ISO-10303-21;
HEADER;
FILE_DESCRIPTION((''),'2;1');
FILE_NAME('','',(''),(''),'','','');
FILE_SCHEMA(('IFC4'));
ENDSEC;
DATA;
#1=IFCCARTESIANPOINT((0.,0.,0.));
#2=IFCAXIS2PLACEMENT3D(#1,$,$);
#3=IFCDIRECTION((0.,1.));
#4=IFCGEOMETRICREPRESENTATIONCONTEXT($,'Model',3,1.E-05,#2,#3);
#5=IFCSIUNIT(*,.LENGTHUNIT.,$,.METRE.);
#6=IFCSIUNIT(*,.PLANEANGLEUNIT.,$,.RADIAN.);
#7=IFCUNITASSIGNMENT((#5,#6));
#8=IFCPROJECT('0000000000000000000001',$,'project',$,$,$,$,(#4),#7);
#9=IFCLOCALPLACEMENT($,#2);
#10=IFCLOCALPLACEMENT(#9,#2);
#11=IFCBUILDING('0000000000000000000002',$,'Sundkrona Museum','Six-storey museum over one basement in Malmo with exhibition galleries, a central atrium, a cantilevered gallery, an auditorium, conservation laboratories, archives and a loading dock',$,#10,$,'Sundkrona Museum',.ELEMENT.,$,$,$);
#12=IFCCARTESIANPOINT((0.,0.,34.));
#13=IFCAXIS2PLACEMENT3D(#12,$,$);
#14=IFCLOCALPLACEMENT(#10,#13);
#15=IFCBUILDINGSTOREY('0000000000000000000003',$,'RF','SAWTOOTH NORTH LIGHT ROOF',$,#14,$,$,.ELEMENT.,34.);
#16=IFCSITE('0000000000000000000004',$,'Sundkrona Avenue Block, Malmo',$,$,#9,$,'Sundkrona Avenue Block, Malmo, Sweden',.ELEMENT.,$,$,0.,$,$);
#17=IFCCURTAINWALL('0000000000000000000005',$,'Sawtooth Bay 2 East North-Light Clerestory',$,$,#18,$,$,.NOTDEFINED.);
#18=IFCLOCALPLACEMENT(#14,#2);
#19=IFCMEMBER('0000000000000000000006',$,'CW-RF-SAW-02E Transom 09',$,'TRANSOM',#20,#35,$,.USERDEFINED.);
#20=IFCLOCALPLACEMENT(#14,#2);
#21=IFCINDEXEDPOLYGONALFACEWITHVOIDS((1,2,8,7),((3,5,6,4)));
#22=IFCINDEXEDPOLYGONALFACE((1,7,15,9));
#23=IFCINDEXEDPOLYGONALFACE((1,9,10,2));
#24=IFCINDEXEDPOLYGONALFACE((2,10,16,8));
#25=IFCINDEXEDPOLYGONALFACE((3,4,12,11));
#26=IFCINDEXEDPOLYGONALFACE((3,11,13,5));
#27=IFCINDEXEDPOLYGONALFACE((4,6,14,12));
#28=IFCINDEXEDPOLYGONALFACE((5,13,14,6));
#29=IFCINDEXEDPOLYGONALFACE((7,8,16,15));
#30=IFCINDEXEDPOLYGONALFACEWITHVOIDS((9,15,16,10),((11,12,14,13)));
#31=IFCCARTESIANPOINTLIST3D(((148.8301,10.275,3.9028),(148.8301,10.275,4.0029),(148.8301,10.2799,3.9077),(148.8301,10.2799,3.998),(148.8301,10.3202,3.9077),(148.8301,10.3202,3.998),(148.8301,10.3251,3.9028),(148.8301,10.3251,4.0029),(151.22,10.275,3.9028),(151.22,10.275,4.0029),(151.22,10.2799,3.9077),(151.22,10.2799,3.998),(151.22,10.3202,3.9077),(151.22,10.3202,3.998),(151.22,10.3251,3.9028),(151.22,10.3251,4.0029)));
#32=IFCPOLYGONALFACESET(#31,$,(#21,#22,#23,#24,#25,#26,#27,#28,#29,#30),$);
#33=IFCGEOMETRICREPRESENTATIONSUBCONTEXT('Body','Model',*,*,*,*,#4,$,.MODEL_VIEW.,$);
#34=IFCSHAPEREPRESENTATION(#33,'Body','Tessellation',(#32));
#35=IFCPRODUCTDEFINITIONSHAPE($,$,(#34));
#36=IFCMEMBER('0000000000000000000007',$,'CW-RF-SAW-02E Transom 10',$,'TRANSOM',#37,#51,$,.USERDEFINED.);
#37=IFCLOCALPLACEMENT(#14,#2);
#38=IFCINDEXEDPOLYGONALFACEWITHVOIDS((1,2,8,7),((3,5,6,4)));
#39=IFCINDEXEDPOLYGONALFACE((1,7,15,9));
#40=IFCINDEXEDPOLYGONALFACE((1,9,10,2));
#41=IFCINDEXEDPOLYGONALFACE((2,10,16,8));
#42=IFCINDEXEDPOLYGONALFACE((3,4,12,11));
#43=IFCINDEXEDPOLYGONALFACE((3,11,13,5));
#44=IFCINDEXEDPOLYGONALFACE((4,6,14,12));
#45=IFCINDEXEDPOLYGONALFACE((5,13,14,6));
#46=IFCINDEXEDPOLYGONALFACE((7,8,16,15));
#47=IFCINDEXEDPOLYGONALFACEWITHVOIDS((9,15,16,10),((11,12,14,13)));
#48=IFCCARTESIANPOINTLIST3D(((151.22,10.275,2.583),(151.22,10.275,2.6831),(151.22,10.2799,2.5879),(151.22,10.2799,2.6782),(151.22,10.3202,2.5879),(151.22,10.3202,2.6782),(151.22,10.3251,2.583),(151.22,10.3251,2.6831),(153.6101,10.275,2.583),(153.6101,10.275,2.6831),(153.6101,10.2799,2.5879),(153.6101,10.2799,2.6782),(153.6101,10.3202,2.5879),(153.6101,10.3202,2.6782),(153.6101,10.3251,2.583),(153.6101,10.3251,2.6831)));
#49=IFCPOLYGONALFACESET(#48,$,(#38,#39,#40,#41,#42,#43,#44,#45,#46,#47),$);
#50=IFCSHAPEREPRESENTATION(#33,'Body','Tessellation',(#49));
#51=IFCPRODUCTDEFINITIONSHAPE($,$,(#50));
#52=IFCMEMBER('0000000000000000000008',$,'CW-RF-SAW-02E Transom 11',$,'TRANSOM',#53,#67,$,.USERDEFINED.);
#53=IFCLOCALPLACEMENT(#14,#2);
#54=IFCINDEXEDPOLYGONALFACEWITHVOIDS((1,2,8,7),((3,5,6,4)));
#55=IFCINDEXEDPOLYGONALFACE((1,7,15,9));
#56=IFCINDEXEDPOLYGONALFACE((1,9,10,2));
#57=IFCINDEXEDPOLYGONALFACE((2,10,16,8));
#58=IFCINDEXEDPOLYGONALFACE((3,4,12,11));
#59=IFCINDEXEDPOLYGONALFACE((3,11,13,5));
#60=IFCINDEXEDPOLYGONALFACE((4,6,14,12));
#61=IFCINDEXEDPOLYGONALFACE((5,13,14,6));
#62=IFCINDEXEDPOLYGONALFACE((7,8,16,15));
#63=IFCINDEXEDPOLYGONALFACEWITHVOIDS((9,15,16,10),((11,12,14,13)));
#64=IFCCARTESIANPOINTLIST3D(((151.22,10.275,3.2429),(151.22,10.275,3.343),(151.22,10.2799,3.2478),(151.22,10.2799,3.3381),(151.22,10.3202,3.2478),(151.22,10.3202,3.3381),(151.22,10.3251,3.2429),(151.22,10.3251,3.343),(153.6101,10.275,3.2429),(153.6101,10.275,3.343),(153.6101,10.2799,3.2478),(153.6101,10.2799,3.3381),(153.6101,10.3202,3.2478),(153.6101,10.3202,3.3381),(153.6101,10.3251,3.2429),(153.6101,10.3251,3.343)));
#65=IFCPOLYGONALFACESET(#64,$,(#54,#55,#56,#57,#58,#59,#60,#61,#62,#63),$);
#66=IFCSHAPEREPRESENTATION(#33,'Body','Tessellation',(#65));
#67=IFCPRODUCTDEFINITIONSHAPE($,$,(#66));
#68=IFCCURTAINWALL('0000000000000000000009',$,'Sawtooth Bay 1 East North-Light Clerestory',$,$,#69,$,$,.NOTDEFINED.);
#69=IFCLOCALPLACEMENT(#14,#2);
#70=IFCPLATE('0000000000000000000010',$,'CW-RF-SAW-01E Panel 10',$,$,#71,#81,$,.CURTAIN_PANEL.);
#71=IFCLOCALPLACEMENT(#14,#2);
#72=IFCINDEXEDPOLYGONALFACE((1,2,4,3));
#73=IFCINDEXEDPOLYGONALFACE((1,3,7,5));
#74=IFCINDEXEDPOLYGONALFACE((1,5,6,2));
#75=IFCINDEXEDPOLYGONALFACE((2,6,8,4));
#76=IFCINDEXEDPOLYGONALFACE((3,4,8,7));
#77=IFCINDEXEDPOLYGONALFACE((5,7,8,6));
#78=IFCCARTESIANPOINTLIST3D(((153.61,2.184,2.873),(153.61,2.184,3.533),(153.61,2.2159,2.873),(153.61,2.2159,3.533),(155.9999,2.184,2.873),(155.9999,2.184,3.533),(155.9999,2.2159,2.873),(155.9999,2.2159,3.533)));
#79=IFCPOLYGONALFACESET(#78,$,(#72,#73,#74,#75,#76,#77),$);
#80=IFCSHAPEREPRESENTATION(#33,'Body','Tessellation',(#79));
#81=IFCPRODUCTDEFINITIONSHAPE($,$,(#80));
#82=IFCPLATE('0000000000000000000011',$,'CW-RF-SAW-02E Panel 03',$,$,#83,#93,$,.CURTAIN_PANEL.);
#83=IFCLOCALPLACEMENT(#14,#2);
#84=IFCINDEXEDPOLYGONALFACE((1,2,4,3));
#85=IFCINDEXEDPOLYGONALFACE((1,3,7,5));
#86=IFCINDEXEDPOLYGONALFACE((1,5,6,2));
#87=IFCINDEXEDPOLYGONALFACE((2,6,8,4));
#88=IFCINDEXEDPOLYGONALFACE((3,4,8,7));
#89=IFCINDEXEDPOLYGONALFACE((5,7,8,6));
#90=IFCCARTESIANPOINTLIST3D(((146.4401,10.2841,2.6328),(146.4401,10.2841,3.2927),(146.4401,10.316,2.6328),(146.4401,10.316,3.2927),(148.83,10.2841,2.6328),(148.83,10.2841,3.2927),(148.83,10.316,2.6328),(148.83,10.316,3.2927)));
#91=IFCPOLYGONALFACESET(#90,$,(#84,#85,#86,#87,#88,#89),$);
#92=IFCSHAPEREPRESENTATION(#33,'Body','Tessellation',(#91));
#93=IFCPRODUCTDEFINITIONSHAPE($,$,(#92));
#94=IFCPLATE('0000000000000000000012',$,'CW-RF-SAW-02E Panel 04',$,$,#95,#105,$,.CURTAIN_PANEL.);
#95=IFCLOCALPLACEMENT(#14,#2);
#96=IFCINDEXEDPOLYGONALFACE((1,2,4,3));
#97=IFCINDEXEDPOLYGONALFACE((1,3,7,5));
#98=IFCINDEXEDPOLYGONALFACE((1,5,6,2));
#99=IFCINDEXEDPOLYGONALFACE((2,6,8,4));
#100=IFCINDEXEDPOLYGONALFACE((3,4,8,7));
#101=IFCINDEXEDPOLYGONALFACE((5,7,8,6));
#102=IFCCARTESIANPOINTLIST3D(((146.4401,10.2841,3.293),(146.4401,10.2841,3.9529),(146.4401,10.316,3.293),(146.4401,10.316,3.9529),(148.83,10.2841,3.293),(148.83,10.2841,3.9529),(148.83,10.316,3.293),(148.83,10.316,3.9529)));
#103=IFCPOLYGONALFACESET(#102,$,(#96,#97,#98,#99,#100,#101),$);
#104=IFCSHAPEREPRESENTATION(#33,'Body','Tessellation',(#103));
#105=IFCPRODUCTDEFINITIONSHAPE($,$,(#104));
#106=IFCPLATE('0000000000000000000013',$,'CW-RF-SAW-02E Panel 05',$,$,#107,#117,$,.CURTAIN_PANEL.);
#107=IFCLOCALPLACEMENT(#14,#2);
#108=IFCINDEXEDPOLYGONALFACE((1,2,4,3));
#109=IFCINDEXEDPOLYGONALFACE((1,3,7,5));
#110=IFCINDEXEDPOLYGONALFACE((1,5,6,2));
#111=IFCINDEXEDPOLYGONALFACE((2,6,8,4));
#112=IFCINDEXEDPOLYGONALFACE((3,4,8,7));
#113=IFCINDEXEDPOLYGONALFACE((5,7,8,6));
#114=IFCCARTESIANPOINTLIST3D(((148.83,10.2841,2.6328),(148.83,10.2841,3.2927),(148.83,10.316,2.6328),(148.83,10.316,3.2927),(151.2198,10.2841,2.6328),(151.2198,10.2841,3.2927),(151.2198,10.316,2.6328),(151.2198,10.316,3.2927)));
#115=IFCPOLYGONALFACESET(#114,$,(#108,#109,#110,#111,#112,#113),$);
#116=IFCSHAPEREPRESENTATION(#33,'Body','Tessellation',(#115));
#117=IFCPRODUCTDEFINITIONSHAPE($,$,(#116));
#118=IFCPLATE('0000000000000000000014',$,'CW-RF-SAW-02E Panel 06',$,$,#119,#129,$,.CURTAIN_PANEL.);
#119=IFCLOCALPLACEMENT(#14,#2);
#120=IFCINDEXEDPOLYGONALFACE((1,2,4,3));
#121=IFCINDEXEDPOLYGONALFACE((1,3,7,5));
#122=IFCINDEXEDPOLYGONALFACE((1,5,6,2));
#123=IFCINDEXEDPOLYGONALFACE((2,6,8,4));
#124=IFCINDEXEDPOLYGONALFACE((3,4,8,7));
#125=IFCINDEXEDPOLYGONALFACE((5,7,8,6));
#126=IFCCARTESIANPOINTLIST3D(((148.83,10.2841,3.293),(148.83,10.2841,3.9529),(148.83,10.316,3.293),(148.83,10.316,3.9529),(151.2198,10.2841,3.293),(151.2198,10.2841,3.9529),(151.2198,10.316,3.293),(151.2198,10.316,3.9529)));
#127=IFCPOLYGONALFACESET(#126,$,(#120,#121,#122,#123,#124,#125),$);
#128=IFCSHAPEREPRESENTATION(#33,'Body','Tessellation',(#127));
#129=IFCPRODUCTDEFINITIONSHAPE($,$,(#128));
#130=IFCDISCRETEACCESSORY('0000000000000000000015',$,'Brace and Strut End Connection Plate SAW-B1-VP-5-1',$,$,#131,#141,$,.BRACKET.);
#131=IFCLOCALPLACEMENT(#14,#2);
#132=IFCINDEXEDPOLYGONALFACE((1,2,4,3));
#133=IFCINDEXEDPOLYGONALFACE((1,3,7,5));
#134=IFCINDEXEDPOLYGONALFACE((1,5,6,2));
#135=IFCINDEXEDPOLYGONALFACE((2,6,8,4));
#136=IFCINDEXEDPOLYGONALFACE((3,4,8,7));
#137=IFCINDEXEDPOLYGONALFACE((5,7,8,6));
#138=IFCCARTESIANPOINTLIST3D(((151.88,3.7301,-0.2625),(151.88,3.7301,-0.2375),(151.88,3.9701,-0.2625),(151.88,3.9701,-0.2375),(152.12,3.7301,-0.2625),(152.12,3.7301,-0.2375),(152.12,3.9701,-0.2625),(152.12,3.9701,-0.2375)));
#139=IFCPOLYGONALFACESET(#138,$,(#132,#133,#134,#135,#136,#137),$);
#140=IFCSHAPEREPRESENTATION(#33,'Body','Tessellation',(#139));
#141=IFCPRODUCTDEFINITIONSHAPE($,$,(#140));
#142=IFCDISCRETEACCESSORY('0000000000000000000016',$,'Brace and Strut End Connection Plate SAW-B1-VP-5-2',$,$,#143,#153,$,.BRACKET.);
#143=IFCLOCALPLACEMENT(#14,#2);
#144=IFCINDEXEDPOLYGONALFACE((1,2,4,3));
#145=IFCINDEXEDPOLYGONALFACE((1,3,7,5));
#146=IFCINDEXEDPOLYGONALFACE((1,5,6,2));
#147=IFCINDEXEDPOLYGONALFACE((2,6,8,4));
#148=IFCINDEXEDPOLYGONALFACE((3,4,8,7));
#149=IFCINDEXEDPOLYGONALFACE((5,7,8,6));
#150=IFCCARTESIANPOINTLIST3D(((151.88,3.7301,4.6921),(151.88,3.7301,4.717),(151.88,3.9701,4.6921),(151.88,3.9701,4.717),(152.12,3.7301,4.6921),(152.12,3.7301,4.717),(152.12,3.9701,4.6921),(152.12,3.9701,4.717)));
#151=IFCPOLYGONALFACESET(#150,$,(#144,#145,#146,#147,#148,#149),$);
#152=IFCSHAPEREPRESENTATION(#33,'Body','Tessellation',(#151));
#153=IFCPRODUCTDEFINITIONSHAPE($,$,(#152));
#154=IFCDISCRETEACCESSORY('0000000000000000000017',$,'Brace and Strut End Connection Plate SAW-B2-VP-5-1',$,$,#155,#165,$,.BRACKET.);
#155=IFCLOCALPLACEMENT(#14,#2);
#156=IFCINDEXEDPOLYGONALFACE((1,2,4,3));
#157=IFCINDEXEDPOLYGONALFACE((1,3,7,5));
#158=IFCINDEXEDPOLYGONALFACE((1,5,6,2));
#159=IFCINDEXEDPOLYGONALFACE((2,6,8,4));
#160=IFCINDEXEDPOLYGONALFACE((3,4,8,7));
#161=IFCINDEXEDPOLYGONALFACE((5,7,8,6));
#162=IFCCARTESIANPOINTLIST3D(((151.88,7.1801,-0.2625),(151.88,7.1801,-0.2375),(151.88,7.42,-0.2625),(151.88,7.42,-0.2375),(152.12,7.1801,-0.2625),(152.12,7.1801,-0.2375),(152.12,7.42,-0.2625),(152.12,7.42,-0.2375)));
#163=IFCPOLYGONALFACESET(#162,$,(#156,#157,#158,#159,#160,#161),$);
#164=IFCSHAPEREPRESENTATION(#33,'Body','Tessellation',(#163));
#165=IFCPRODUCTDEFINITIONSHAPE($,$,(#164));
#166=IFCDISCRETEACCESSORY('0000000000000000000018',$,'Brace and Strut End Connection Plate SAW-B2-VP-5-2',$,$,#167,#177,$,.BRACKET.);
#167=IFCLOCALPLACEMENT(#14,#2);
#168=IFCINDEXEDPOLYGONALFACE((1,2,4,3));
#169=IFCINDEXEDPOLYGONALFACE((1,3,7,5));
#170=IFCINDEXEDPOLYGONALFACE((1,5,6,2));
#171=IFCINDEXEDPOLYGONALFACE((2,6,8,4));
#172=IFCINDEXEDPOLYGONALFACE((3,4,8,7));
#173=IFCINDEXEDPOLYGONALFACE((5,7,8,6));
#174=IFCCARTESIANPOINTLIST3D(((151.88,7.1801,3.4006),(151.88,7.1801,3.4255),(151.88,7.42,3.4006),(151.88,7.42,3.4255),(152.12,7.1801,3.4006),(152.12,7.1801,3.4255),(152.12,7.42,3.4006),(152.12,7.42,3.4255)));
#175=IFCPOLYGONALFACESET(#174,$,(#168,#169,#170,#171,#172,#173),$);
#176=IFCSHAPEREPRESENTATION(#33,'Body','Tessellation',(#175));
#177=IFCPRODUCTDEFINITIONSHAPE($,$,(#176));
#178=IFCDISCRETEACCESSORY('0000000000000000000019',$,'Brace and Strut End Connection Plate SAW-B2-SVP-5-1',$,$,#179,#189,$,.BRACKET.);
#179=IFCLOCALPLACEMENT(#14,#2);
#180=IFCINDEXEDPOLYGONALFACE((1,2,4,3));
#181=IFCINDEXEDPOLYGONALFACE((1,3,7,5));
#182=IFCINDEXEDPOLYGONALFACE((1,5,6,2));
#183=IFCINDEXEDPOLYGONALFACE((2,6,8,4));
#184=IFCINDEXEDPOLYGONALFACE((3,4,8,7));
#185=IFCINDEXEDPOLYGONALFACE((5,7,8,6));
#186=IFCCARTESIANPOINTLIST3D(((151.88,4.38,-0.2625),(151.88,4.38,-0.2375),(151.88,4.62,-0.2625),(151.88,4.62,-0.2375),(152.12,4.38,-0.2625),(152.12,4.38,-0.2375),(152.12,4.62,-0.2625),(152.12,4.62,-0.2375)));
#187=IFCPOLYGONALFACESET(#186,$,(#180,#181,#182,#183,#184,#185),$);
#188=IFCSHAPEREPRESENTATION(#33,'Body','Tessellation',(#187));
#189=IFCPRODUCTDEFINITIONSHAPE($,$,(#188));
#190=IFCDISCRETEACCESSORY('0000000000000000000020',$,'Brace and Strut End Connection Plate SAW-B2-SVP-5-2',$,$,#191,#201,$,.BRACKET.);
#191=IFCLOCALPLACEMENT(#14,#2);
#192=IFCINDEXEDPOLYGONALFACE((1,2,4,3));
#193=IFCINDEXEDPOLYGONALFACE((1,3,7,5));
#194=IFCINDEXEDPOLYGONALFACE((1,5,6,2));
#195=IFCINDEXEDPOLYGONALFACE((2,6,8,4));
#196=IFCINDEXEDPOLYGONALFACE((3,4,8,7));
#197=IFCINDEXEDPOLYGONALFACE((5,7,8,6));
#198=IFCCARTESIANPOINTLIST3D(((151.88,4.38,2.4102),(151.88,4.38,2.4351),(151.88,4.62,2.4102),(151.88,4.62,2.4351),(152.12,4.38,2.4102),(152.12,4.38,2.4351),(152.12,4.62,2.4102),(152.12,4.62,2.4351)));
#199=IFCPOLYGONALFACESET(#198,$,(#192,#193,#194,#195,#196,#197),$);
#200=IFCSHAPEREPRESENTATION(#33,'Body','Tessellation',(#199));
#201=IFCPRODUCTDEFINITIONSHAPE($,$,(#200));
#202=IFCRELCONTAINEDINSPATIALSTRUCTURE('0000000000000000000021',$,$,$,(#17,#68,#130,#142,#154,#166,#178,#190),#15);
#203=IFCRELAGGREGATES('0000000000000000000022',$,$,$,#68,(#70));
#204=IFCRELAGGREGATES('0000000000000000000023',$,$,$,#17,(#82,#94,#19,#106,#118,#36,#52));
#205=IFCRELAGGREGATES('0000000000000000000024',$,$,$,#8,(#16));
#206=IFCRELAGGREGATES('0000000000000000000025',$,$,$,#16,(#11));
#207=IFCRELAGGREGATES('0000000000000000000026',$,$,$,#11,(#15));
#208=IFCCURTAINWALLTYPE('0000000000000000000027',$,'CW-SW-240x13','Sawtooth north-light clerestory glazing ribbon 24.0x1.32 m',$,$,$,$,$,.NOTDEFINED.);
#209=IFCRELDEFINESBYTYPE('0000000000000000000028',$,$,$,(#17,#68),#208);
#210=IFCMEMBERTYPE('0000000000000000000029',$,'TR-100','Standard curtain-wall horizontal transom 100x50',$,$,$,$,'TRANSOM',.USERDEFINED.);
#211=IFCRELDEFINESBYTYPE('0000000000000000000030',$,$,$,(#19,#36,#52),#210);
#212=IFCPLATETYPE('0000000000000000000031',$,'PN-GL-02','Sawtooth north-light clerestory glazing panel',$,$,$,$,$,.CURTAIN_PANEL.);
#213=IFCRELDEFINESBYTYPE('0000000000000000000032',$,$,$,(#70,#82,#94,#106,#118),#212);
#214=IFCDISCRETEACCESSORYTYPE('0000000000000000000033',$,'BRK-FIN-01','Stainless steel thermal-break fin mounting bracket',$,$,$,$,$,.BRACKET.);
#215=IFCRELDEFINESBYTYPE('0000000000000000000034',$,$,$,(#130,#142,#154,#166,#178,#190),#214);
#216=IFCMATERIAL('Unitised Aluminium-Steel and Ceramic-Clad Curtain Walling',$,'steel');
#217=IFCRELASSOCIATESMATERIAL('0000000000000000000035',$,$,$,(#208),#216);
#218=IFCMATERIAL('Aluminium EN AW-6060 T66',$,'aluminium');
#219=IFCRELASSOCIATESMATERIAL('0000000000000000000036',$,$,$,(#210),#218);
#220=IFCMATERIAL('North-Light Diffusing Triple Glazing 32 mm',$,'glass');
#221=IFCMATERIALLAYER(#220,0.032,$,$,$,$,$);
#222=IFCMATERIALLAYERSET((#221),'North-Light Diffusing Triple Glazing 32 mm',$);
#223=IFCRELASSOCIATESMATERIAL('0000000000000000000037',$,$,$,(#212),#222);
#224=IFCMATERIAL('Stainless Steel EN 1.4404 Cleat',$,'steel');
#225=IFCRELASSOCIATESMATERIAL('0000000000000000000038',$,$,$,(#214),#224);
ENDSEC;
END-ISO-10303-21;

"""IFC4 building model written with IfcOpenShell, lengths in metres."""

from ifc_helpers import new_model, si_unit, direction, frame, origin, origin_2d, place, context, subcontext, project, spatial, rectangle, hollow_rectangle, extrude, material, layer, layer_set, material_profile, profile_set, type_object, element, aggregate, save


model = new_model("IFC4")

# Units and contexts
model_context = context("Model", 3, precision=1e-05, world=origin(), true_north=direction((0.0, 1.0)))
body_context = subcontext(model_context, "Body", "Model", "MODEL_VIEW")
ifc_project = project(units=[si_unit("LENGTHUNIT", "METRE"), si_unit("PLANEANGLEUNIT", "RADIAN")], contexts=[model_context])

# Site, building, storey
site_placement = place(None, origin())
site = spatial("IfcSite", under=ifc_project, at=site_placement, Name="Sundkrona Avenue Block, Malmo", LongName="Sundkrona Avenue Block, Malmo, Sweden", CompositionType="ELEMENT", RefElevation=0.0)
building_placement = place(site_placement, origin())
building = spatial("IfcBuilding", under=site, at=building_placement, Name="Sundkrona Museum", Description="Six-storey museum over one basement in Malmo with exhibition galleries, a central atrium, a cantilevered gallery, an auditorium, conservation laboratories, archives and a loading dock", LongName="Sundkrona Museum", CompositionType="ELEMENT")
storey_placement = place(building_placement, frame((0.0, 0.0, 34.0)))
storey = spatial("IfcBuildingStorey", under=building, at=storey_placement, Name="RF", Description="SAWTOOTH NORTH LIGHT ROOF", CompositionType="ELEMENT", Elevation=34.0)

# Curtain wall
ifc_material_1 = material(Name="Unitised Aluminium-Steel and Ceramic-Clad Curtain Walling", Category="steel")
curtain_wall_type = type_object("IfcCurtainWallType", Name="CW-SW-240x13", Description="Sawtooth north-light clerestory glazing ribbon 24.0x1.32 m", PredefinedType="NOTDEFINED", material=ifc_material_1)
curtain_wall_1_placement = place(storey_placement, origin())
curtain_wall_1 = element("IfcCurtainWall", 1, at=curtain_wall_1_placement, inside=storey, type_object=curtain_wall_type, Name="Sawtooth Bay 2 East North-Light Clerestory", PredefinedType="NOTDEFINED")
ifc_material_2 = material(Name="Aluminium EN AW-6060 T66", Category="aluminium")

# Members
ifc_material_profile_1 = material_profile(ifc_material_2, hollow_rectangle(XDim=0.05, YDim=0.1001, WallThickness=0.0049, at=origin_2d()), Name="RHS 100x50x5.0")
ifc_profile_set_1 = profile_set([ifc_material_profile_1], Name="Aluminium EN AW-6060 T66")
member_type_1 = type_object("IfcMemberType", Name="TR-100", Description="Standard curtain-wall horizontal transom 100x50", ElementType="TRANSOM", PredefinedType="USERDEFINED", material=ifc_profile_set_1)
member_1_placement = place(storey_placement, frame((148.8301, 10.3, 3.9529), z_axis=(1.0, 0.0, 0.0), x_axis=(0.0, 1.0, 0.0)))
member_1 = element("IfcMember", 2, at=member_1_placement, type_object=member_type_1, Name="CW-RF-SAW-02E Transom 09", ObjectType="TRANSOM", PredefinedType="USERDEFINED", context=body_context, shape_type="SweptSolid", body=[
    extrude(hollow_rectangle(XDim=0.05, YDim=0.1001, WallThickness=0.0049, at=origin_2d()), origin(), (0.0, 0.0, 1.0), 2.3899),
])
member_2_placement = place(storey_placement, frame((151.22, 10.3, 2.6331), z_axis=(1.0, 0.0, 0.0), x_axis=(0.0, 1.0, 0.0)))
member_2 = element("IfcMember", 3, at=member_2_placement, type_object=member_type_1, Name="CW-RF-SAW-02E Transom 10", ObjectType="TRANSOM", PredefinedType="USERDEFINED", context=body_context, shape_type="SweptSolid", body=[
    extrude(hollow_rectangle(XDim=0.05, YDim=0.1001, WallThickness=0.0049, at=origin_2d()), origin(), (0.0, 0.0, 1.0), 2.3901),
])
member_3_placement = place(storey_placement, frame((151.22, 10.3, 3.293), z_axis=(1.0, 0.0, 0.0), x_axis=(0.0, 1.0, 0.0)))
member_3 = element("IfcMember", 4, at=member_3_placement, type_object=member_type_1, Name="CW-RF-SAW-02E Transom 11", ObjectType="TRANSOM", PredefinedType="USERDEFINED", context=body_context, shape_type="SweptSolid", body=[
    extrude(hollow_rectangle(XDim=0.05, YDim=0.1001, WallThickness=0.0049, at=origin_2d()), origin(), (0.0, 0.0, 1.0), 2.3901),
])

# Curtain wall, plate
curtain_wall_2_placement = place(storey_placement, origin())
curtain_wall_2 = element("IfcCurtainWall", 5, at=curtain_wall_2_placement, inside=storey, type_object=curtain_wall_type, Name="Sawtooth Bay 1 East North-Light Clerestory", PredefinedType="NOTDEFINED")
ifc_material_3 = material(Name="North-Light Diffusing Triple Glazing 32 mm", Category="glass")
ifc_layer = layer(ifc_material_3, 0.032)
ifc_layer_set = layer_set([ifc_layer], Name="North-Light Diffusing Triple Glazing 32 mm")
plate_type = type_object("IfcPlateType", Name="PN-GL-02", Description="Sawtooth north-light clerestory glazing panel", PredefinedType="CURTAIN_PANEL", material=ifc_layer_set)
plate_1_placement = place(storey_placement, frame((154.8049, 2.2, 2.873), z_axis=(0.0, 0.0, 1.0), x_axis=(1.0, 0.0, 0.0)))
plate_1 = element("IfcPlate", 6, at=plate_1_placement, type_object=plate_type, Name="CW-RF-SAW-01E Panel 10", PredefinedType="CURTAIN_PANEL", context=body_context, shape_type="SweptSolid", body=[
    extrude(rectangle(XDim=2.3899, YDim=0.032, at=origin_2d()), origin(), (0.0, 0.0, 1.0), 0.6599),
])
aggregate(curtain_wall_2, [plate_1])

# Plates
plate_2_placement = place(storey_placement, frame((147.635, 10.3, 2.6328), z_axis=(0.0, 0.0, 1.0), x_axis=(1.0, 0.0, 0.0)))
plate_2 = element("IfcPlate", 7, at=plate_2_placement, type_object=plate_type, Name="CW-RF-SAW-02E Panel 03", PredefinedType="CURTAIN_PANEL", context=body_context, shape_type="SweptSolid", body=[
    extrude(rectangle(XDim=2.3899, YDim=0.032, at=origin_2d()), origin(), (0.0, 0.0, 1.0), 0.6599),
])
plate_3_placement = place(storey_placement, frame((147.635, 10.3, 3.293), z_axis=(0.0, 0.0, 1.0), x_axis=(1.0, 0.0, 0.0)))
plate_3 = element("IfcPlate", 8, at=plate_3_placement, type_object=plate_type, Name="CW-RF-SAW-02E Panel 04", PredefinedType="CURTAIN_PANEL", context=body_context, shape_type="SweptSolid", body=[
    extrude(rectangle(XDim=2.3899, YDim=0.032, at=origin_2d()), origin(), (0.0, 0.0, 1.0), 0.6599),
])
plate_4_placement = place(storey_placement, frame((150.0249, 10.3, 2.6328), z_axis=(0.0, 0.0, 1.0), x_axis=(1.0, 0.0, 0.0)))
plate_4 = element("IfcPlate", 9, at=plate_4_placement, type_object=plate_type, Name="CW-RF-SAW-02E Panel 05", PredefinedType="CURTAIN_PANEL", context=body_context, shape_type="SweptSolid", body=[
    extrude(rectangle(XDim=2.3899, YDim=0.032, at=origin_2d()), origin(), (0.0, 0.0, 1.0), 0.6599),
])
plate_5_placement = place(storey_placement, frame((150.0249, 10.3, 3.293), z_axis=(0.0, 0.0, 1.0), x_axis=(1.0, 0.0, 0.0)))
plate_5 = element("IfcPlate", 10, at=plate_5_placement, type_object=plate_type, Name="CW-RF-SAW-02E Panel 06", PredefinedType="CURTAIN_PANEL", context=body_context, shape_type="SweptSolid", body=[
    extrude(rectangle(XDim=2.3899, YDim=0.032, at=origin_2d()), origin(), (0.0, 0.0, 1.0), 0.6599),
])
aggregate(curtain_wall_1, [plate_2, plate_3, member_1, plate_4, plate_5, member_2, member_3])

# Discrete accessories
ifc_material_4 = material(Name="Stainless Steel EN 1.4404 Cleat", Category="steel")
discrete_accessory_type = type_object("IfcDiscreteAccessoryType", Name="BRK-FIN-01", Description="Stainless steel thermal-break fin mounting bracket", PredefinedType="BRACKET", material=ifc_material_4)
for number, where, z_axis, x_axis, name in (
    (11, (152.0, 3.8501, -0.2625), (0.0, 0.0, 1.0), (1.0, 0.0, 0.0), "Brace and Strut End Connection Plate SAW-B1-VP-5-1"),
    (12, (152.0, 3.8501, 4.6921), (0.0, 0.0, 1.0), (1.0, 0.0, 0.0), "Brace and Strut End Connection Plate SAW-B1-VP-5-2"),
    (13, (152.0, 7.3, -0.2625), (0.0, 0.0, 1.0), (1.0, 0.0, 0.0), "Brace and Strut End Connection Plate SAW-B2-VP-5-1"),
    (14, (152.0, 7.3, 3.4006), (0.0, 0.0, 1.0), (1.0, 0.0, 0.0), "Brace and Strut End Connection Plate SAW-B2-VP-5-2"),
    (15, (152.0, 4.5, -0.2625), (0.0, 0.0, 1.0), (1.0, 0.0, 0.0), "Brace and Strut End Connection Plate SAW-B2-SVP-5-1"),
    (16, (152.0, 4.5, 2.4102), (0.0, 0.0, 1.0), (1.0, 0.0, 0.0), "Brace and Strut End Connection Plate SAW-B2-SVP-5-2"),
):
    element("IfcDiscreteAccessory", number, at=place(storey_placement, frame(where, z_axis=z_axis, x_axis=x_axis)), inside=storey, type_object=discrete_accessory_type, Name=name, PredefinedType="BRACKET", context=body_context, shape_type="SweptSolid", body=[
        extrude(rectangle(XDim=0.24, YDim=0.24, at=origin_2d()), origin(), (0.0, 0.0, 1.0), 0.0249),
    ])

save(model, "model.ifc")
